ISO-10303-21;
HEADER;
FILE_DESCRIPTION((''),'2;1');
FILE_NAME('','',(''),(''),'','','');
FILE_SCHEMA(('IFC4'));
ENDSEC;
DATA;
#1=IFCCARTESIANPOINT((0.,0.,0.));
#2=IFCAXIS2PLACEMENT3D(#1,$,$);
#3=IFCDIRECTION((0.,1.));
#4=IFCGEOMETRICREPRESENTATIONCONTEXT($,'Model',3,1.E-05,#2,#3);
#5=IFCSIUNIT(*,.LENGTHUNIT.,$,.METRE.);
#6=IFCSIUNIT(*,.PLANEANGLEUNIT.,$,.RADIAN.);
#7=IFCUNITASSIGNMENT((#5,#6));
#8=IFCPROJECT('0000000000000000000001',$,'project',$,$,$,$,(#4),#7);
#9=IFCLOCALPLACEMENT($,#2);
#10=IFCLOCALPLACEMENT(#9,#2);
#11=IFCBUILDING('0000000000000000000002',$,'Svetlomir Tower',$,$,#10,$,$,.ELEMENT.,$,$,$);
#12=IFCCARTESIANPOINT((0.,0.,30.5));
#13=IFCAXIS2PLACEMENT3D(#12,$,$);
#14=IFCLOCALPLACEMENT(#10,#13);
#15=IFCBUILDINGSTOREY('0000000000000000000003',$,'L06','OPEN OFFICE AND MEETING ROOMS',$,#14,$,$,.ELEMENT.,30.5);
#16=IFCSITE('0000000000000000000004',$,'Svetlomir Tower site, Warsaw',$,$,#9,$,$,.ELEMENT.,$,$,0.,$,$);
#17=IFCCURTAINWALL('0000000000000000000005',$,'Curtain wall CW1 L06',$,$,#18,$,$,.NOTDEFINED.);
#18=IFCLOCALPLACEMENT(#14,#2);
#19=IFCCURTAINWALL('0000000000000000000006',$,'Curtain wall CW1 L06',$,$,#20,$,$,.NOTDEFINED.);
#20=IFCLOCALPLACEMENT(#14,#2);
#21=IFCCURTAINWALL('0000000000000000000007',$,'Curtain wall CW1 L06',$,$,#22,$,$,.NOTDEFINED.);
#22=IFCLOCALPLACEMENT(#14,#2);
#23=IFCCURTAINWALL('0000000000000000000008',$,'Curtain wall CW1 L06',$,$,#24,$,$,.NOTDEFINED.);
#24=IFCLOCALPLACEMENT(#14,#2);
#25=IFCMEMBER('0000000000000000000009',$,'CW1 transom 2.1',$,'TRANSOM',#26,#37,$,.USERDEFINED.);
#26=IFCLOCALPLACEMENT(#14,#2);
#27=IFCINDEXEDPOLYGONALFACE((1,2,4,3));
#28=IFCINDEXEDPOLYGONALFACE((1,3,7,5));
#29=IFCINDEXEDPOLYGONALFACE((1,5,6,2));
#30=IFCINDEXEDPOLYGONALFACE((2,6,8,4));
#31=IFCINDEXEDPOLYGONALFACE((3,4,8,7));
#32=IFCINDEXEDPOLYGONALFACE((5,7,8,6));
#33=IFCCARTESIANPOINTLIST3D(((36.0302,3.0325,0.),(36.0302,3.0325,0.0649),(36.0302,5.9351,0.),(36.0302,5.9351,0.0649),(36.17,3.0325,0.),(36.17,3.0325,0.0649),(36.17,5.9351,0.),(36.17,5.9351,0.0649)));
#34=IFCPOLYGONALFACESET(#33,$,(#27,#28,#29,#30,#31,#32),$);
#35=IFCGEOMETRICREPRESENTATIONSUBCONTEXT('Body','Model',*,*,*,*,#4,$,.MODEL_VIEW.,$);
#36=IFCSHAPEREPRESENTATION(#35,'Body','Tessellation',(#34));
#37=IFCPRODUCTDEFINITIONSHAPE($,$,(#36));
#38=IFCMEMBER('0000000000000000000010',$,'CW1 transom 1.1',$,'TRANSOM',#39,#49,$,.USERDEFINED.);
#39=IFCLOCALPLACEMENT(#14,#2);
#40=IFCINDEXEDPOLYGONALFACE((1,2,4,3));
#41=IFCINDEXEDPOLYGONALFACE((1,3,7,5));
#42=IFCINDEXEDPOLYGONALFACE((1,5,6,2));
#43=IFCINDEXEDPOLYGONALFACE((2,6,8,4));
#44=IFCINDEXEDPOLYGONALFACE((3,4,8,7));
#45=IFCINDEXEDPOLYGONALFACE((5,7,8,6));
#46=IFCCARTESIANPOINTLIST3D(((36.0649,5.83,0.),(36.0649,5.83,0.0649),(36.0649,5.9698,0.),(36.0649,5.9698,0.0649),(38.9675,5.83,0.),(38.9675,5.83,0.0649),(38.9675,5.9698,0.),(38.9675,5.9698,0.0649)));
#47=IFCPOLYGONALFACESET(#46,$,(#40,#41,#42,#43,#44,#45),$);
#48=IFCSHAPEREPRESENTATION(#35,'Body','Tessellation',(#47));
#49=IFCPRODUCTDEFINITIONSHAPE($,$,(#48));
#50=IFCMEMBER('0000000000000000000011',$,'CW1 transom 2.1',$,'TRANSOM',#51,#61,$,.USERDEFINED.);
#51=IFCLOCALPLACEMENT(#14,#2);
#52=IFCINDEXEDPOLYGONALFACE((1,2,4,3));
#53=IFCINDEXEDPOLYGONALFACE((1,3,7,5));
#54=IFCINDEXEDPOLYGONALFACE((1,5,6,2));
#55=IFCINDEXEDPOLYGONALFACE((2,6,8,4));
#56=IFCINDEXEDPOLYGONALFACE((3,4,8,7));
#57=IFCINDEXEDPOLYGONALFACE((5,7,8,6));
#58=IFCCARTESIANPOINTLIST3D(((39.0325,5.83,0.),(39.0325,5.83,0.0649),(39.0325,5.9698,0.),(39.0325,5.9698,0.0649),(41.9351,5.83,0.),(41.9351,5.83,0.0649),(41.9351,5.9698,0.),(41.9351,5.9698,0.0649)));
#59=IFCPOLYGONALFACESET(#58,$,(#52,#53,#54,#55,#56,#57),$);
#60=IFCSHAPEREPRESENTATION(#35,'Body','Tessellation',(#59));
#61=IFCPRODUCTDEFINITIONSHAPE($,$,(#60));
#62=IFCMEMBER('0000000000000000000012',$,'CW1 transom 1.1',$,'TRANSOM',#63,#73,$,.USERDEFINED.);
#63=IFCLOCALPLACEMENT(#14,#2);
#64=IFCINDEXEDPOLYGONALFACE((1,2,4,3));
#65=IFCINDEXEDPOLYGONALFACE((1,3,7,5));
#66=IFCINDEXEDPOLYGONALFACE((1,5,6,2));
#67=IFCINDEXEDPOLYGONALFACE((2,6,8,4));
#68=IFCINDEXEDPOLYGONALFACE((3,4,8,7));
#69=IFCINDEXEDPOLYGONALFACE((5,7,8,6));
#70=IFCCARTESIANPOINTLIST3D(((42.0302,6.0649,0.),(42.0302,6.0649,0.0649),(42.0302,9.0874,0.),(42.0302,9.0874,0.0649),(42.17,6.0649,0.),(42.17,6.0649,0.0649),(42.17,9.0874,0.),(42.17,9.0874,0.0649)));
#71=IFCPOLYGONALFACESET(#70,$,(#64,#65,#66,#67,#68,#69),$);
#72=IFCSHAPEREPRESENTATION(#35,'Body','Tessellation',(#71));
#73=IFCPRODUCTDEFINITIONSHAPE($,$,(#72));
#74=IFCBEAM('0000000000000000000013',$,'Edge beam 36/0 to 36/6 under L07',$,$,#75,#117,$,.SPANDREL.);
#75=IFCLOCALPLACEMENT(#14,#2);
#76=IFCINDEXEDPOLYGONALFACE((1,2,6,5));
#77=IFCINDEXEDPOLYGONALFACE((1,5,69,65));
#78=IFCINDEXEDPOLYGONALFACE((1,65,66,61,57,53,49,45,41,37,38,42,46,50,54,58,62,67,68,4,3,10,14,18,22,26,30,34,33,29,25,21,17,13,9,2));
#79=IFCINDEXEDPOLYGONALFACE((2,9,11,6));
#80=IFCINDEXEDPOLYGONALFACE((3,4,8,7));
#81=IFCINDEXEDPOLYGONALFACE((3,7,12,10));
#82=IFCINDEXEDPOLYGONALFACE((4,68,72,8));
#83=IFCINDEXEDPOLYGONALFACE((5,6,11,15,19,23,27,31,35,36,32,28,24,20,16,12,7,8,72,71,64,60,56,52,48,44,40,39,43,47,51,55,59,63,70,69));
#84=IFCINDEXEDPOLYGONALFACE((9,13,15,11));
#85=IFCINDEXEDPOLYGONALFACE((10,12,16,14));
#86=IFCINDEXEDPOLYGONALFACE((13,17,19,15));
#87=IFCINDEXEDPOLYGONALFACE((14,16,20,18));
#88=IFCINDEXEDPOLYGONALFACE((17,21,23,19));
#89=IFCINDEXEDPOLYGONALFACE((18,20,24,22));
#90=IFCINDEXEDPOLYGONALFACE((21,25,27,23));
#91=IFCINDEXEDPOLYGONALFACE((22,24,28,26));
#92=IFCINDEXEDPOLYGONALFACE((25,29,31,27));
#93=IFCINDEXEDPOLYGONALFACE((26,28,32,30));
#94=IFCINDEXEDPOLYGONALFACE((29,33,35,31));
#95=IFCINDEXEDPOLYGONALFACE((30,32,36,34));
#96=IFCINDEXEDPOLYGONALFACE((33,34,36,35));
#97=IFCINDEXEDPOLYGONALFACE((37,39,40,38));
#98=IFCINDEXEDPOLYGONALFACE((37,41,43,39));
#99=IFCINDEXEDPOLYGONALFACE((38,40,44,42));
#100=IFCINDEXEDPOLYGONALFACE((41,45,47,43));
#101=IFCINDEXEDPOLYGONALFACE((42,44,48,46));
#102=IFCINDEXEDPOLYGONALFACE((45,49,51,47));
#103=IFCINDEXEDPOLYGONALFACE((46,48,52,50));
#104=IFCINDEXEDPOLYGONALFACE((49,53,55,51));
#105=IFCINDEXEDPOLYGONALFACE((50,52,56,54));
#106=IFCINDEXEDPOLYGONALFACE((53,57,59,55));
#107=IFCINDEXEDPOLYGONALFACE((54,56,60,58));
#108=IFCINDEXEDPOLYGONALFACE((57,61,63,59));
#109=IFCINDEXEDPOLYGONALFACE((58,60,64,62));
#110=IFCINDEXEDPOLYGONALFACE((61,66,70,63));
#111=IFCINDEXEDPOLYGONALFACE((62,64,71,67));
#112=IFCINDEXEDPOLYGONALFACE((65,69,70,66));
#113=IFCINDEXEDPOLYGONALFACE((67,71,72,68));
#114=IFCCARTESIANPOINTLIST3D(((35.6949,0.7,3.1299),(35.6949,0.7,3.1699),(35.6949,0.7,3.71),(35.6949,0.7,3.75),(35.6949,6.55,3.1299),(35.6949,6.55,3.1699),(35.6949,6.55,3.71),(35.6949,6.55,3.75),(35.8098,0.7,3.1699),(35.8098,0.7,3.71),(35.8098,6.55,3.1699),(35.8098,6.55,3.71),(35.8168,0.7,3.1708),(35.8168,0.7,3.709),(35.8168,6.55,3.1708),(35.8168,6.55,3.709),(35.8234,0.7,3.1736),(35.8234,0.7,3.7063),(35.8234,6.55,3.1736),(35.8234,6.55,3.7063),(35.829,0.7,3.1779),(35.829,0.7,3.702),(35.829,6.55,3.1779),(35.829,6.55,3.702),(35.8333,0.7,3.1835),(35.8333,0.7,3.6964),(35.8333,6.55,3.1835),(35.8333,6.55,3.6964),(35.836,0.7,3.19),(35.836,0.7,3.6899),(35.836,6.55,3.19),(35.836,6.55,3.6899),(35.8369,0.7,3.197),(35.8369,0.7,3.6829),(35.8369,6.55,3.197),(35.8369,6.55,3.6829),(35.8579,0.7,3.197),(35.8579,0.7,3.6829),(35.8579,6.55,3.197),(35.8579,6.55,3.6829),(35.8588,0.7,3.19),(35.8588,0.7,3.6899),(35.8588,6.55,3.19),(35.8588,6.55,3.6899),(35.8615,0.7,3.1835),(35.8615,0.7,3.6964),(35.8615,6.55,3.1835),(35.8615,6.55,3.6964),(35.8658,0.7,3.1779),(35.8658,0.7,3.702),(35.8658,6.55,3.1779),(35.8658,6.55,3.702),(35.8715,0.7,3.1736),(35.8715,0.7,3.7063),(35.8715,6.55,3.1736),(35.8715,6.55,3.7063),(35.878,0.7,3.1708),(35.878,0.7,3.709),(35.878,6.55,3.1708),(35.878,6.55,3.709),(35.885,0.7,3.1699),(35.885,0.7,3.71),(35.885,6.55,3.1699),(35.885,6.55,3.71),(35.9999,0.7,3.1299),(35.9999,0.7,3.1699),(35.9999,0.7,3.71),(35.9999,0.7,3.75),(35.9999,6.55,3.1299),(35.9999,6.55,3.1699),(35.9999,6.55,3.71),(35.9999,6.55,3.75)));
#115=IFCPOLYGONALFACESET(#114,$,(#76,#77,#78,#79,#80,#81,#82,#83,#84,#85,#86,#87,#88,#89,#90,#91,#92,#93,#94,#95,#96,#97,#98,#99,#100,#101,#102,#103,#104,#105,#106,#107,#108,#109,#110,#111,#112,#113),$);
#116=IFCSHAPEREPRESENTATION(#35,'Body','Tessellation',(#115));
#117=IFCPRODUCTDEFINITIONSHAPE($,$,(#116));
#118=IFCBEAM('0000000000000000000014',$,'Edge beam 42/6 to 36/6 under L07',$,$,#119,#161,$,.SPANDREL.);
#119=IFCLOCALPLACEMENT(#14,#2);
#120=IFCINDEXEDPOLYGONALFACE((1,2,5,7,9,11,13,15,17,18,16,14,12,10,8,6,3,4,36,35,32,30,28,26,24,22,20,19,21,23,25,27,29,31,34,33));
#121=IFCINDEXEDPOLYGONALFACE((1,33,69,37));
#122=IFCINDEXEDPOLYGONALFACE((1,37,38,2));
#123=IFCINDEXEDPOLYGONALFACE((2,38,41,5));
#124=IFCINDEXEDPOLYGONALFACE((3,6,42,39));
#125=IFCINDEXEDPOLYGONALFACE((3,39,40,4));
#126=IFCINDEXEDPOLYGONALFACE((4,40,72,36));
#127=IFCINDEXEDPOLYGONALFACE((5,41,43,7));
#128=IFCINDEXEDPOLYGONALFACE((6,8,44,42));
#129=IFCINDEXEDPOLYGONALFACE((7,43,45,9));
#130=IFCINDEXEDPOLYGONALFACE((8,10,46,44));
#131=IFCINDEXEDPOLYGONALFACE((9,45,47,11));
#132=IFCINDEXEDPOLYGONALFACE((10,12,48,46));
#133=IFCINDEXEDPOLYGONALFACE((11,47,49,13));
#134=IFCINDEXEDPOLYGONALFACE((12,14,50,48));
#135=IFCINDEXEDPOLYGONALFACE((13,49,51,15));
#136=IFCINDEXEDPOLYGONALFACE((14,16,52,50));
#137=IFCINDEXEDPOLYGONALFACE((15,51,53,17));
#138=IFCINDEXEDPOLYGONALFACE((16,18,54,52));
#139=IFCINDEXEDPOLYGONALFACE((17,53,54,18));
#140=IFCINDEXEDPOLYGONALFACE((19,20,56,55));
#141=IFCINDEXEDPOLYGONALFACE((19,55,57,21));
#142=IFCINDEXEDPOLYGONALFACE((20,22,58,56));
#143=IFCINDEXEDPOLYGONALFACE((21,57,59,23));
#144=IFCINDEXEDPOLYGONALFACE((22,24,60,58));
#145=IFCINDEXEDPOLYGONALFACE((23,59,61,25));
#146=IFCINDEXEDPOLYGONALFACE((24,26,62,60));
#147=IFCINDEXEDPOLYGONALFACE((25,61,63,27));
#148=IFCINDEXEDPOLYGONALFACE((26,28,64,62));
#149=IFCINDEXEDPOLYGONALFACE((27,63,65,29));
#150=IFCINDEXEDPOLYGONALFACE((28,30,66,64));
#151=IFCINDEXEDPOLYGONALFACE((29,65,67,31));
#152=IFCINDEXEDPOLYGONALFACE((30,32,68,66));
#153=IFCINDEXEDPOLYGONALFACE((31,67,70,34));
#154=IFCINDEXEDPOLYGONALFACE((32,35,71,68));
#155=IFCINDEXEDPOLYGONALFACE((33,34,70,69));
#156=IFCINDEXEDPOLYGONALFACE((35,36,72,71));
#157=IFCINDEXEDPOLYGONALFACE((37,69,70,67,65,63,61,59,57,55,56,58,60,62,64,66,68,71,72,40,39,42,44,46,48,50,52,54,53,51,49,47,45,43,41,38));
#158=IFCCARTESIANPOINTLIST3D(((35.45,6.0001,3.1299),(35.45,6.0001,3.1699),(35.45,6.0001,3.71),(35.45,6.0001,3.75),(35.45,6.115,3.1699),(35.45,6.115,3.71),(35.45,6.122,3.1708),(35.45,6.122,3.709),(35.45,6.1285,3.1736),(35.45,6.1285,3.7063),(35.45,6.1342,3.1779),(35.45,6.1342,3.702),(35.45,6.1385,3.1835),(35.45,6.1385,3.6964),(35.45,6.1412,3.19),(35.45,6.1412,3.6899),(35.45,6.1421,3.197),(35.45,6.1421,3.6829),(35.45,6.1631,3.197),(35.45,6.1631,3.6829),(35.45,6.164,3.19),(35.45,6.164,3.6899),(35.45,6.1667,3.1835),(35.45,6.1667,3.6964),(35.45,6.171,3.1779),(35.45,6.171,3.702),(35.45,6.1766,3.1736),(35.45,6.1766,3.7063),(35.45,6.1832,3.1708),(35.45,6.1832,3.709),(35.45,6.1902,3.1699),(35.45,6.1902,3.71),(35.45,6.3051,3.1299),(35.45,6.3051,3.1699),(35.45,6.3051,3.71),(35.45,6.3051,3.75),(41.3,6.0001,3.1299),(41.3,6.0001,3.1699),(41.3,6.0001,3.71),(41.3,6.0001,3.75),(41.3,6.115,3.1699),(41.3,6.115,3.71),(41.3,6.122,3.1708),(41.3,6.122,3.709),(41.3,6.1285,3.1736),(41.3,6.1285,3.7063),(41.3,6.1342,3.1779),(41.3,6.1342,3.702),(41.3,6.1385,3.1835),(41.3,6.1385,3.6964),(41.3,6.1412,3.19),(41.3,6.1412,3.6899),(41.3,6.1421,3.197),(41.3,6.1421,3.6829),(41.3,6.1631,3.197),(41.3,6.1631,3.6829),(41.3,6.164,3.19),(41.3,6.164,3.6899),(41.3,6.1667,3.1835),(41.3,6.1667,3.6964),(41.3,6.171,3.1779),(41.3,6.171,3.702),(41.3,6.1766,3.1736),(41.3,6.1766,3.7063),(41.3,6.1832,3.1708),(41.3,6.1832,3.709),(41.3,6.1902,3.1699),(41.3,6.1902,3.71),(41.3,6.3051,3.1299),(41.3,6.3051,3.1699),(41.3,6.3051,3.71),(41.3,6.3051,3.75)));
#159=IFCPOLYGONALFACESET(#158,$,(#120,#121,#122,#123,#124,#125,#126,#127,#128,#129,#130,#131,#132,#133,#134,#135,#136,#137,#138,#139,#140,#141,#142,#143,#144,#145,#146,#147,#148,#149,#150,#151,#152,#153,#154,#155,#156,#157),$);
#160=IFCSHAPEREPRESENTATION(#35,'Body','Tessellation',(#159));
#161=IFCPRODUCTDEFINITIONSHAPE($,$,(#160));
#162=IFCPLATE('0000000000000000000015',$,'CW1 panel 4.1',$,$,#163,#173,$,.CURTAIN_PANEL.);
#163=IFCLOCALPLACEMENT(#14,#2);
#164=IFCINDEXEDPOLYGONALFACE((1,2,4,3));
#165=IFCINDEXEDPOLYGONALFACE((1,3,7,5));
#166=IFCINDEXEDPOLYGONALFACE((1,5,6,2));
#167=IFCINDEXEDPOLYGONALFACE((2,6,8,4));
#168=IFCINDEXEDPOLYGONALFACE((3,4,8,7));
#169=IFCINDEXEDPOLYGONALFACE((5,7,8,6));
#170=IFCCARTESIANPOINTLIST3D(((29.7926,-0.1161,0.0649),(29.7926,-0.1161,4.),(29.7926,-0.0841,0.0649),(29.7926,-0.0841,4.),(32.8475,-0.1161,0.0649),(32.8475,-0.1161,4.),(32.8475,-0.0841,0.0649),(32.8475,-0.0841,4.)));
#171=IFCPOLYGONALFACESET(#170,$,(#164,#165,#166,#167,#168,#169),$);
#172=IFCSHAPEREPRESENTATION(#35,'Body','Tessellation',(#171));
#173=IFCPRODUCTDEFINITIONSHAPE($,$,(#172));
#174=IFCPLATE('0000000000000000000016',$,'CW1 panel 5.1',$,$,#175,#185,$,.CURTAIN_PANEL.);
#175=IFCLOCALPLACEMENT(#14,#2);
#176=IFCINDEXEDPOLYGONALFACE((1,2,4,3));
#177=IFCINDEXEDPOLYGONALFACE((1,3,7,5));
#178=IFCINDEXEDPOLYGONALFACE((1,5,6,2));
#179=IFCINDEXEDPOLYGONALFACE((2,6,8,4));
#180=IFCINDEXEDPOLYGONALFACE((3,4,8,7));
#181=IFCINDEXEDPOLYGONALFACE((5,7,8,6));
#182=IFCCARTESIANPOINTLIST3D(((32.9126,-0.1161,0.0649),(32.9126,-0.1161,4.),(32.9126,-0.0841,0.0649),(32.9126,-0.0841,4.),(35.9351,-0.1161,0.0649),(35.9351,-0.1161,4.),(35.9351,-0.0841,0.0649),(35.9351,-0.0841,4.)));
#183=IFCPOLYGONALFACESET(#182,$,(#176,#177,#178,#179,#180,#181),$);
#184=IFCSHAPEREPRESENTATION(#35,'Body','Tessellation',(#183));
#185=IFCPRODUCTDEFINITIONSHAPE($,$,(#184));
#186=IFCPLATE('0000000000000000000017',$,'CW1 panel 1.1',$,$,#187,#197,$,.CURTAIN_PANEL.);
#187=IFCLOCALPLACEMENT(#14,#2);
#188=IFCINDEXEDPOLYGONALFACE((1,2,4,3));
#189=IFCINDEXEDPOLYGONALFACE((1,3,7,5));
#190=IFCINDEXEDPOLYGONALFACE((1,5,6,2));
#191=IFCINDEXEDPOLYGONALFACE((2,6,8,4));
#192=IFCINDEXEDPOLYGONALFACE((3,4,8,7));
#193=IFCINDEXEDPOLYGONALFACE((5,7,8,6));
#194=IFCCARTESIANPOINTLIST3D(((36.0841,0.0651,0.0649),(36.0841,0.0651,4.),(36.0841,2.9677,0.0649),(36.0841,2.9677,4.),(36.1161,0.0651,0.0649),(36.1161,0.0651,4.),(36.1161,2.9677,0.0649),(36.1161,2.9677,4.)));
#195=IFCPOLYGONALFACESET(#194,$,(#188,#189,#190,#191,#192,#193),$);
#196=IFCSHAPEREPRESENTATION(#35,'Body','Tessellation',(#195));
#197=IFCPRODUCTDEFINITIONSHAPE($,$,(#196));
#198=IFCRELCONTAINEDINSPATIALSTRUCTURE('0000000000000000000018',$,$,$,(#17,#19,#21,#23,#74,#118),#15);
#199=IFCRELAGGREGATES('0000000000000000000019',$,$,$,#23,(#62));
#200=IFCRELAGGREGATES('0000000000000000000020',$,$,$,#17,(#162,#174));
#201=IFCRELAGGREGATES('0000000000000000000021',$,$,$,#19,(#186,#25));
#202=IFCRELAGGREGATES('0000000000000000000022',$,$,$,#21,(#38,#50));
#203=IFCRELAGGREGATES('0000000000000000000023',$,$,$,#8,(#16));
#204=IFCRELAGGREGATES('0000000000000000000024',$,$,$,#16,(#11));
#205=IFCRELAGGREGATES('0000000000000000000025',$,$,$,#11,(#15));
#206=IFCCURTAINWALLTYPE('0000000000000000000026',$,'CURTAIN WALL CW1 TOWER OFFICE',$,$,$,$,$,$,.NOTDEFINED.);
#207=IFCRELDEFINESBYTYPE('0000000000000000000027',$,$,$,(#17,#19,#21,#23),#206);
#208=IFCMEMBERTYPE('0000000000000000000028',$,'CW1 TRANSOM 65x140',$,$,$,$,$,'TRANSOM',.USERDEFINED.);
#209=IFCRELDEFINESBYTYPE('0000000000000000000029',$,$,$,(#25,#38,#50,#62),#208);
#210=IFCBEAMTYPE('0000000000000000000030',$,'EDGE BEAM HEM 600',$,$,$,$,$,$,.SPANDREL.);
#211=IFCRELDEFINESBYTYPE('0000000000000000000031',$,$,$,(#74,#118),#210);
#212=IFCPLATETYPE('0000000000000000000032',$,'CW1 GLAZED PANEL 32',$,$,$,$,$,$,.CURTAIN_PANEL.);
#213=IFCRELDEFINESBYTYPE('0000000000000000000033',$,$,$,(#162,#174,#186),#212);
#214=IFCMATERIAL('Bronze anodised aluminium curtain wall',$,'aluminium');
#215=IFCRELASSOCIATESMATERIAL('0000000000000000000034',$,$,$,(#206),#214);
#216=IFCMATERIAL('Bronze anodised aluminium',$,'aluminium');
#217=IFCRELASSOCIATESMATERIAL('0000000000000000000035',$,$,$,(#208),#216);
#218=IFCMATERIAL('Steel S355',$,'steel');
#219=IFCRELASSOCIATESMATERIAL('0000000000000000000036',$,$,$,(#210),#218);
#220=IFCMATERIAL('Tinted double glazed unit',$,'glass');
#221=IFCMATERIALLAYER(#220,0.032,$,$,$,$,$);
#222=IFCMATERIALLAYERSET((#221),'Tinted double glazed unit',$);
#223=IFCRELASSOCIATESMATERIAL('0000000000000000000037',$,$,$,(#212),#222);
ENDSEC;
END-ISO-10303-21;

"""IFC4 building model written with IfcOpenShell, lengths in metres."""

from ifc_helpers import new_model, si_unit, direction, frame, origin, origin_2d, place, context, subcontext, project, spatial, rectangle, i_section, extrude, material, layer, layer_set, material_profile, profile_set, type_object, element, aggregate, save


model = new_model("IFC4")

# Units and contexts
model_context = context("Model", 3, precision=1e-05, world=origin(), true_north=direction((0.0, 1.0)))
body_context = subcontext(model_context, "Body", "Model", "MODEL_VIEW")
ifc_project = project(units=[si_unit("LENGTHUNIT", "METRE"), si_unit("PLANEANGLEUNIT", "RADIAN")], contexts=[model_context])

# Site, building, storey
site_placement = place(None, origin())
site = spatial("IfcSite", under=ifc_project, at=site_placement, Name="Svetlomir Tower site, Warsaw", CompositionType="ELEMENT", RefElevation=0.0)
building_placement = place(site_placement, origin())
building = spatial("IfcBuilding", under=site, at=building_placement, Name="Svetlomir Tower", CompositionType="ELEMENT")
storey_placement = place(building_placement, frame((0.0, 0.0, 30.5)))
storey = spatial("IfcBuildingStorey", under=building, at=storey_placement, Name="L06", Description="OPEN OFFICE AND MEETING ROOMS", CompositionType="ELEMENT", Elevation=30.5)

# Curtain walls
ifc_material_1 = material(Name="Bronze anodised aluminium curtain wall", Category="aluminium")
curtain_wall_type = type_object("IfcCurtainWallType", Name="CURTAIN WALL CW1 TOWER OFFICE", PredefinedType="NOTDEFINED", material=ifc_material_1)
curtain_wall_1_placement = place(storey_placement, origin())
curtain_wall_1 = element("IfcCurtainWall", 1, at=curtain_wall_1_placement, inside=storey, type_object=curtain_wall_type, Name="Curtain wall CW1 L06", PredefinedType="NOTDEFINED")
curtain_wall_2_placement = place(storey_placement, origin())
curtain_wall_2 = element("IfcCurtainWall", 2, at=curtain_wall_2_placement, inside=storey, type_object=curtain_wall_type, Name="Curtain wall CW1 L06", PredefinedType="NOTDEFINED")
curtain_wall_3_placement = place(storey_placement, origin())
curtain_wall_3 = element("IfcCurtainWall", 3, at=curtain_wall_3_placement, inside=storey, type_object=curtain_wall_type, Name="Curtain wall CW1 L06", PredefinedType="NOTDEFINED")

# Curtain wall
curtain_wall_4_placement = place(storey_placement, origin())
curtain_wall_4 = element("IfcCurtainWall", 4, at=curtain_wall_4_placement, inside=storey, type_object=curtain_wall_type, Name="Curtain wall CW1 L06", PredefinedType="NOTDEFINED")

# Members
ifc_material_2 = material(Name="Bronze anodised aluminium", Category="aluminium")
ifc_material_profile_1 = material_profile(ifc_material_2, rectangle(XDim=0.1399, YDim=0.0649, at=origin_2d()), Name="AL 140x65")
ifc_profile_set_1 = profile_set([ifc_material_profile_1], Name="Bronze anodised aluminium 6063-T6")
member_type_1 = type_object("IfcMemberType", Name="CW1 TRANSOM 65x140", ElementType="TRANSOM", PredefinedType="USERDEFINED", material=ifc_profile_set_1)
member_1_placement = place(storey_placement, frame((36.1001, 3.0325, 0.0325), z_axis=(0.0, 1.0, 0.0), x_axis=(-1.0, 0.0, 0.0)))
member_1 = element("IfcMember", 5, at=member_1_placement, type_object=member_type_1, Name="CW1 transom 2.1", ObjectType="TRANSOM", PredefinedType="USERDEFINED", context=body_context, shape_type="SweptSolid", body=[
    extrude(rectangle(XDim=0.1399, YDim=0.0649, at=origin_2d()), origin(), (0.0, 0.0, 1.0), 2.9026),
])
member_2_placement = place(storey_placement, frame((36.0649, 5.8999, 0.0325), z_axis=(1.0, 0.0, 0.0), x_axis=(0.0, 1.0, 0.0)))
member_2 = element("IfcMember", 6, at=member_2_placement, type_object=member_type_1, Name="CW1 transom 1.1", ObjectType="TRANSOM", PredefinedType="USERDEFINED", context=body_context, shape_type="SweptSolid", body=[
    extrude(rectangle(XDim=0.1399, YDim=0.0649, at=origin_2d()), origin(), (0.0, 0.0, 1.0), 2.9026),
])
member_3_placement = place(storey_placement, frame((39.0325, 5.8999, 0.0325), z_axis=(1.0, 0.0, 0.0), x_axis=(0.0, 1.0, 0.0)))
member_3 = element("IfcMember", 7, at=member_3_placement, type_object=member_type_1, Name="CW1 transom 2.1", ObjectType="TRANSOM", PredefinedType="USERDEFINED", context=body_context, shape_type="SweptSolid", body=[
    extrude(rectangle(XDim=0.1399, YDim=0.0649, at=origin_2d()), origin(), (0.0, 0.0, 1.0), 2.9026),
])
member_4_placement = place(storey_placement, frame((42.1001, 6.0649, 0.0325), z_axis=(0.0, 1.0, 0.0), x_axis=(-1.0, 0.0, 0.0)))
member_4 = element("IfcMember", 8, at=member_4_placement, type_object=member_type_1, Name="CW1 transom 1.1", ObjectType="TRANSOM", PredefinedType="USERDEFINED", context=body_context, shape_type="SweptSolid", body=[
    extrude(rectangle(XDim=0.1399, YDim=0.0649, at=origin_2d()), origin(), (0.0, 0.0, 1.0), 3.0225),
])
aggregate(curtain_wall_4, [member_4])

# Beams
ifc_material_3 = material(Name="Steel S355", Category="steel")
ifc_material_profile_2 = material_profile(ifc_material_3, i_section(OverallWidth=0.3049, OverallDepth=0.6201, WebThickness=0.021, FlangeThickness=0.04, FilletRadius=0.0271, at=origin_2d()), Name="HEM 600")
ifc_profile_set_2 = profile_set([ifc_material_profile_2], Name="Steel S355")
beam_type = type_object("IfcBeamType", Name="EDGE BEAM HEM 600", PredefinedType="SPANDREL", material=ifc_profile_set_2)
for number, where, z_axis, x_axis, name in (
    (9, (35.8474, 0.7, 3.4399), (0.0, 1.0, 0.0), (-1.0, 0.0, 0.0), "Edge beam 36/0 to 36/6 under L07"),
    (10, (41.3, 6.1526, 3.4399), (-1.0, 0.0, 0.0), (0.0, -1.0, 0.0), "Edge beam 42/6 to 36/6 under L07"),
):
    element("IfcBeam", number, at=place(storey_placement, frame(where, z_axis=z_axis, x_axis=x_axis)), inside=storey, type_object=beam_type, Name=name, PredefinedType="SPANDREL", context=body_context, shape_type="SweptSolid", body=[
        extrude(i_section(OverallWidth=0.3049, OverallDepth=0.6201, WebThickness=0.021, FlangeThickness=0.04, FilletRadius=0.0271, at=origin_2d()), origin(), (0.0, 0.0, 1.0), 5.8501),
    ])

# Plates
ifc_material_4 = material(Name="Tinted double glazed unit", Category="glass")
ifc_layer_1 = layer(ifc_material_4, 0.032)
ifc_layer_set_1 = layer_set([ifc_layer_1], Name="Tinted double glazed unit")
plate_type = type_object("IfcPlateType", Name="CW1 GLAZED PANEL 32", PredefinedType="CURTAIN_PANEL", material=ifc_layer_set_1)
plate_1_placement = place(storey_placement, frame((31.3201, -0.1001, 0.0649), z_axis=(0.0, 0.0, 1.0), x_axis=(1.0, 0.0, 0.0)))
plate_1 = element("IfcPlate", 11, at=plate_1_placement, type_object=plate_type, Name="CW1 panel 4.1", PredefinedType="CURTAIN_PANEL", context=body_context, shape_type="SweptSolid", body=[
    extrude(rectangle(XDim=3.0549, YDim=0.032, at=origin_2d()), origin(), (0.0, 0.0, 1.0), 3.9351),
])
plate_2_placement = place(storey_placement, frame((34.4238, -0.1001, 0.0649), z_axis=(0.0, 0.0, 1.0), x_axis=(1.0, 0.0, 0.0)))
plate_2 = element("IfcPlate", 12, at=plate_2_placement, type_object=plate_type, Name="CW1 panel 5.1", PredefinedType="CURTAIN_PANEL", context=body_context, shape_type="SweptSolid", body=[
    extrude(rectangle(XDim=3.0225, YDim=0.032, at=origin_2d()), origin(), (0.0, 0.0, 1.0), 3.9351),
])
aggregate(curtain_wall_1, [plate_1, plate_2])
plate_3_placement = place(storey_placement, frame((36.1001, 1.5164, 0.0649), z_axis=(0.0, 0.0, 1.0), x_axis=(0.0, 1.0, 0.0)))
plate_3 = element("IfcPlate", 13, at=plate_3_placement, type_object=plate_type, Name="CW1 panel 1.1", PredefinedType="CURTAIN_PANEL", context=body_context, shape_type="SweptSolid", body=[
    extrude(rectangle(XDim=2.9026, YDim=0.032, at=origin_2d()), origin(), (0.0, 0.0, 1.0), 3.9351),
])
aggregate(curtain_wall_2, [plate_3, member_1])
aggregate(curtain_wall_3, [member_2, member_3])

save(model, "model.ifc")
